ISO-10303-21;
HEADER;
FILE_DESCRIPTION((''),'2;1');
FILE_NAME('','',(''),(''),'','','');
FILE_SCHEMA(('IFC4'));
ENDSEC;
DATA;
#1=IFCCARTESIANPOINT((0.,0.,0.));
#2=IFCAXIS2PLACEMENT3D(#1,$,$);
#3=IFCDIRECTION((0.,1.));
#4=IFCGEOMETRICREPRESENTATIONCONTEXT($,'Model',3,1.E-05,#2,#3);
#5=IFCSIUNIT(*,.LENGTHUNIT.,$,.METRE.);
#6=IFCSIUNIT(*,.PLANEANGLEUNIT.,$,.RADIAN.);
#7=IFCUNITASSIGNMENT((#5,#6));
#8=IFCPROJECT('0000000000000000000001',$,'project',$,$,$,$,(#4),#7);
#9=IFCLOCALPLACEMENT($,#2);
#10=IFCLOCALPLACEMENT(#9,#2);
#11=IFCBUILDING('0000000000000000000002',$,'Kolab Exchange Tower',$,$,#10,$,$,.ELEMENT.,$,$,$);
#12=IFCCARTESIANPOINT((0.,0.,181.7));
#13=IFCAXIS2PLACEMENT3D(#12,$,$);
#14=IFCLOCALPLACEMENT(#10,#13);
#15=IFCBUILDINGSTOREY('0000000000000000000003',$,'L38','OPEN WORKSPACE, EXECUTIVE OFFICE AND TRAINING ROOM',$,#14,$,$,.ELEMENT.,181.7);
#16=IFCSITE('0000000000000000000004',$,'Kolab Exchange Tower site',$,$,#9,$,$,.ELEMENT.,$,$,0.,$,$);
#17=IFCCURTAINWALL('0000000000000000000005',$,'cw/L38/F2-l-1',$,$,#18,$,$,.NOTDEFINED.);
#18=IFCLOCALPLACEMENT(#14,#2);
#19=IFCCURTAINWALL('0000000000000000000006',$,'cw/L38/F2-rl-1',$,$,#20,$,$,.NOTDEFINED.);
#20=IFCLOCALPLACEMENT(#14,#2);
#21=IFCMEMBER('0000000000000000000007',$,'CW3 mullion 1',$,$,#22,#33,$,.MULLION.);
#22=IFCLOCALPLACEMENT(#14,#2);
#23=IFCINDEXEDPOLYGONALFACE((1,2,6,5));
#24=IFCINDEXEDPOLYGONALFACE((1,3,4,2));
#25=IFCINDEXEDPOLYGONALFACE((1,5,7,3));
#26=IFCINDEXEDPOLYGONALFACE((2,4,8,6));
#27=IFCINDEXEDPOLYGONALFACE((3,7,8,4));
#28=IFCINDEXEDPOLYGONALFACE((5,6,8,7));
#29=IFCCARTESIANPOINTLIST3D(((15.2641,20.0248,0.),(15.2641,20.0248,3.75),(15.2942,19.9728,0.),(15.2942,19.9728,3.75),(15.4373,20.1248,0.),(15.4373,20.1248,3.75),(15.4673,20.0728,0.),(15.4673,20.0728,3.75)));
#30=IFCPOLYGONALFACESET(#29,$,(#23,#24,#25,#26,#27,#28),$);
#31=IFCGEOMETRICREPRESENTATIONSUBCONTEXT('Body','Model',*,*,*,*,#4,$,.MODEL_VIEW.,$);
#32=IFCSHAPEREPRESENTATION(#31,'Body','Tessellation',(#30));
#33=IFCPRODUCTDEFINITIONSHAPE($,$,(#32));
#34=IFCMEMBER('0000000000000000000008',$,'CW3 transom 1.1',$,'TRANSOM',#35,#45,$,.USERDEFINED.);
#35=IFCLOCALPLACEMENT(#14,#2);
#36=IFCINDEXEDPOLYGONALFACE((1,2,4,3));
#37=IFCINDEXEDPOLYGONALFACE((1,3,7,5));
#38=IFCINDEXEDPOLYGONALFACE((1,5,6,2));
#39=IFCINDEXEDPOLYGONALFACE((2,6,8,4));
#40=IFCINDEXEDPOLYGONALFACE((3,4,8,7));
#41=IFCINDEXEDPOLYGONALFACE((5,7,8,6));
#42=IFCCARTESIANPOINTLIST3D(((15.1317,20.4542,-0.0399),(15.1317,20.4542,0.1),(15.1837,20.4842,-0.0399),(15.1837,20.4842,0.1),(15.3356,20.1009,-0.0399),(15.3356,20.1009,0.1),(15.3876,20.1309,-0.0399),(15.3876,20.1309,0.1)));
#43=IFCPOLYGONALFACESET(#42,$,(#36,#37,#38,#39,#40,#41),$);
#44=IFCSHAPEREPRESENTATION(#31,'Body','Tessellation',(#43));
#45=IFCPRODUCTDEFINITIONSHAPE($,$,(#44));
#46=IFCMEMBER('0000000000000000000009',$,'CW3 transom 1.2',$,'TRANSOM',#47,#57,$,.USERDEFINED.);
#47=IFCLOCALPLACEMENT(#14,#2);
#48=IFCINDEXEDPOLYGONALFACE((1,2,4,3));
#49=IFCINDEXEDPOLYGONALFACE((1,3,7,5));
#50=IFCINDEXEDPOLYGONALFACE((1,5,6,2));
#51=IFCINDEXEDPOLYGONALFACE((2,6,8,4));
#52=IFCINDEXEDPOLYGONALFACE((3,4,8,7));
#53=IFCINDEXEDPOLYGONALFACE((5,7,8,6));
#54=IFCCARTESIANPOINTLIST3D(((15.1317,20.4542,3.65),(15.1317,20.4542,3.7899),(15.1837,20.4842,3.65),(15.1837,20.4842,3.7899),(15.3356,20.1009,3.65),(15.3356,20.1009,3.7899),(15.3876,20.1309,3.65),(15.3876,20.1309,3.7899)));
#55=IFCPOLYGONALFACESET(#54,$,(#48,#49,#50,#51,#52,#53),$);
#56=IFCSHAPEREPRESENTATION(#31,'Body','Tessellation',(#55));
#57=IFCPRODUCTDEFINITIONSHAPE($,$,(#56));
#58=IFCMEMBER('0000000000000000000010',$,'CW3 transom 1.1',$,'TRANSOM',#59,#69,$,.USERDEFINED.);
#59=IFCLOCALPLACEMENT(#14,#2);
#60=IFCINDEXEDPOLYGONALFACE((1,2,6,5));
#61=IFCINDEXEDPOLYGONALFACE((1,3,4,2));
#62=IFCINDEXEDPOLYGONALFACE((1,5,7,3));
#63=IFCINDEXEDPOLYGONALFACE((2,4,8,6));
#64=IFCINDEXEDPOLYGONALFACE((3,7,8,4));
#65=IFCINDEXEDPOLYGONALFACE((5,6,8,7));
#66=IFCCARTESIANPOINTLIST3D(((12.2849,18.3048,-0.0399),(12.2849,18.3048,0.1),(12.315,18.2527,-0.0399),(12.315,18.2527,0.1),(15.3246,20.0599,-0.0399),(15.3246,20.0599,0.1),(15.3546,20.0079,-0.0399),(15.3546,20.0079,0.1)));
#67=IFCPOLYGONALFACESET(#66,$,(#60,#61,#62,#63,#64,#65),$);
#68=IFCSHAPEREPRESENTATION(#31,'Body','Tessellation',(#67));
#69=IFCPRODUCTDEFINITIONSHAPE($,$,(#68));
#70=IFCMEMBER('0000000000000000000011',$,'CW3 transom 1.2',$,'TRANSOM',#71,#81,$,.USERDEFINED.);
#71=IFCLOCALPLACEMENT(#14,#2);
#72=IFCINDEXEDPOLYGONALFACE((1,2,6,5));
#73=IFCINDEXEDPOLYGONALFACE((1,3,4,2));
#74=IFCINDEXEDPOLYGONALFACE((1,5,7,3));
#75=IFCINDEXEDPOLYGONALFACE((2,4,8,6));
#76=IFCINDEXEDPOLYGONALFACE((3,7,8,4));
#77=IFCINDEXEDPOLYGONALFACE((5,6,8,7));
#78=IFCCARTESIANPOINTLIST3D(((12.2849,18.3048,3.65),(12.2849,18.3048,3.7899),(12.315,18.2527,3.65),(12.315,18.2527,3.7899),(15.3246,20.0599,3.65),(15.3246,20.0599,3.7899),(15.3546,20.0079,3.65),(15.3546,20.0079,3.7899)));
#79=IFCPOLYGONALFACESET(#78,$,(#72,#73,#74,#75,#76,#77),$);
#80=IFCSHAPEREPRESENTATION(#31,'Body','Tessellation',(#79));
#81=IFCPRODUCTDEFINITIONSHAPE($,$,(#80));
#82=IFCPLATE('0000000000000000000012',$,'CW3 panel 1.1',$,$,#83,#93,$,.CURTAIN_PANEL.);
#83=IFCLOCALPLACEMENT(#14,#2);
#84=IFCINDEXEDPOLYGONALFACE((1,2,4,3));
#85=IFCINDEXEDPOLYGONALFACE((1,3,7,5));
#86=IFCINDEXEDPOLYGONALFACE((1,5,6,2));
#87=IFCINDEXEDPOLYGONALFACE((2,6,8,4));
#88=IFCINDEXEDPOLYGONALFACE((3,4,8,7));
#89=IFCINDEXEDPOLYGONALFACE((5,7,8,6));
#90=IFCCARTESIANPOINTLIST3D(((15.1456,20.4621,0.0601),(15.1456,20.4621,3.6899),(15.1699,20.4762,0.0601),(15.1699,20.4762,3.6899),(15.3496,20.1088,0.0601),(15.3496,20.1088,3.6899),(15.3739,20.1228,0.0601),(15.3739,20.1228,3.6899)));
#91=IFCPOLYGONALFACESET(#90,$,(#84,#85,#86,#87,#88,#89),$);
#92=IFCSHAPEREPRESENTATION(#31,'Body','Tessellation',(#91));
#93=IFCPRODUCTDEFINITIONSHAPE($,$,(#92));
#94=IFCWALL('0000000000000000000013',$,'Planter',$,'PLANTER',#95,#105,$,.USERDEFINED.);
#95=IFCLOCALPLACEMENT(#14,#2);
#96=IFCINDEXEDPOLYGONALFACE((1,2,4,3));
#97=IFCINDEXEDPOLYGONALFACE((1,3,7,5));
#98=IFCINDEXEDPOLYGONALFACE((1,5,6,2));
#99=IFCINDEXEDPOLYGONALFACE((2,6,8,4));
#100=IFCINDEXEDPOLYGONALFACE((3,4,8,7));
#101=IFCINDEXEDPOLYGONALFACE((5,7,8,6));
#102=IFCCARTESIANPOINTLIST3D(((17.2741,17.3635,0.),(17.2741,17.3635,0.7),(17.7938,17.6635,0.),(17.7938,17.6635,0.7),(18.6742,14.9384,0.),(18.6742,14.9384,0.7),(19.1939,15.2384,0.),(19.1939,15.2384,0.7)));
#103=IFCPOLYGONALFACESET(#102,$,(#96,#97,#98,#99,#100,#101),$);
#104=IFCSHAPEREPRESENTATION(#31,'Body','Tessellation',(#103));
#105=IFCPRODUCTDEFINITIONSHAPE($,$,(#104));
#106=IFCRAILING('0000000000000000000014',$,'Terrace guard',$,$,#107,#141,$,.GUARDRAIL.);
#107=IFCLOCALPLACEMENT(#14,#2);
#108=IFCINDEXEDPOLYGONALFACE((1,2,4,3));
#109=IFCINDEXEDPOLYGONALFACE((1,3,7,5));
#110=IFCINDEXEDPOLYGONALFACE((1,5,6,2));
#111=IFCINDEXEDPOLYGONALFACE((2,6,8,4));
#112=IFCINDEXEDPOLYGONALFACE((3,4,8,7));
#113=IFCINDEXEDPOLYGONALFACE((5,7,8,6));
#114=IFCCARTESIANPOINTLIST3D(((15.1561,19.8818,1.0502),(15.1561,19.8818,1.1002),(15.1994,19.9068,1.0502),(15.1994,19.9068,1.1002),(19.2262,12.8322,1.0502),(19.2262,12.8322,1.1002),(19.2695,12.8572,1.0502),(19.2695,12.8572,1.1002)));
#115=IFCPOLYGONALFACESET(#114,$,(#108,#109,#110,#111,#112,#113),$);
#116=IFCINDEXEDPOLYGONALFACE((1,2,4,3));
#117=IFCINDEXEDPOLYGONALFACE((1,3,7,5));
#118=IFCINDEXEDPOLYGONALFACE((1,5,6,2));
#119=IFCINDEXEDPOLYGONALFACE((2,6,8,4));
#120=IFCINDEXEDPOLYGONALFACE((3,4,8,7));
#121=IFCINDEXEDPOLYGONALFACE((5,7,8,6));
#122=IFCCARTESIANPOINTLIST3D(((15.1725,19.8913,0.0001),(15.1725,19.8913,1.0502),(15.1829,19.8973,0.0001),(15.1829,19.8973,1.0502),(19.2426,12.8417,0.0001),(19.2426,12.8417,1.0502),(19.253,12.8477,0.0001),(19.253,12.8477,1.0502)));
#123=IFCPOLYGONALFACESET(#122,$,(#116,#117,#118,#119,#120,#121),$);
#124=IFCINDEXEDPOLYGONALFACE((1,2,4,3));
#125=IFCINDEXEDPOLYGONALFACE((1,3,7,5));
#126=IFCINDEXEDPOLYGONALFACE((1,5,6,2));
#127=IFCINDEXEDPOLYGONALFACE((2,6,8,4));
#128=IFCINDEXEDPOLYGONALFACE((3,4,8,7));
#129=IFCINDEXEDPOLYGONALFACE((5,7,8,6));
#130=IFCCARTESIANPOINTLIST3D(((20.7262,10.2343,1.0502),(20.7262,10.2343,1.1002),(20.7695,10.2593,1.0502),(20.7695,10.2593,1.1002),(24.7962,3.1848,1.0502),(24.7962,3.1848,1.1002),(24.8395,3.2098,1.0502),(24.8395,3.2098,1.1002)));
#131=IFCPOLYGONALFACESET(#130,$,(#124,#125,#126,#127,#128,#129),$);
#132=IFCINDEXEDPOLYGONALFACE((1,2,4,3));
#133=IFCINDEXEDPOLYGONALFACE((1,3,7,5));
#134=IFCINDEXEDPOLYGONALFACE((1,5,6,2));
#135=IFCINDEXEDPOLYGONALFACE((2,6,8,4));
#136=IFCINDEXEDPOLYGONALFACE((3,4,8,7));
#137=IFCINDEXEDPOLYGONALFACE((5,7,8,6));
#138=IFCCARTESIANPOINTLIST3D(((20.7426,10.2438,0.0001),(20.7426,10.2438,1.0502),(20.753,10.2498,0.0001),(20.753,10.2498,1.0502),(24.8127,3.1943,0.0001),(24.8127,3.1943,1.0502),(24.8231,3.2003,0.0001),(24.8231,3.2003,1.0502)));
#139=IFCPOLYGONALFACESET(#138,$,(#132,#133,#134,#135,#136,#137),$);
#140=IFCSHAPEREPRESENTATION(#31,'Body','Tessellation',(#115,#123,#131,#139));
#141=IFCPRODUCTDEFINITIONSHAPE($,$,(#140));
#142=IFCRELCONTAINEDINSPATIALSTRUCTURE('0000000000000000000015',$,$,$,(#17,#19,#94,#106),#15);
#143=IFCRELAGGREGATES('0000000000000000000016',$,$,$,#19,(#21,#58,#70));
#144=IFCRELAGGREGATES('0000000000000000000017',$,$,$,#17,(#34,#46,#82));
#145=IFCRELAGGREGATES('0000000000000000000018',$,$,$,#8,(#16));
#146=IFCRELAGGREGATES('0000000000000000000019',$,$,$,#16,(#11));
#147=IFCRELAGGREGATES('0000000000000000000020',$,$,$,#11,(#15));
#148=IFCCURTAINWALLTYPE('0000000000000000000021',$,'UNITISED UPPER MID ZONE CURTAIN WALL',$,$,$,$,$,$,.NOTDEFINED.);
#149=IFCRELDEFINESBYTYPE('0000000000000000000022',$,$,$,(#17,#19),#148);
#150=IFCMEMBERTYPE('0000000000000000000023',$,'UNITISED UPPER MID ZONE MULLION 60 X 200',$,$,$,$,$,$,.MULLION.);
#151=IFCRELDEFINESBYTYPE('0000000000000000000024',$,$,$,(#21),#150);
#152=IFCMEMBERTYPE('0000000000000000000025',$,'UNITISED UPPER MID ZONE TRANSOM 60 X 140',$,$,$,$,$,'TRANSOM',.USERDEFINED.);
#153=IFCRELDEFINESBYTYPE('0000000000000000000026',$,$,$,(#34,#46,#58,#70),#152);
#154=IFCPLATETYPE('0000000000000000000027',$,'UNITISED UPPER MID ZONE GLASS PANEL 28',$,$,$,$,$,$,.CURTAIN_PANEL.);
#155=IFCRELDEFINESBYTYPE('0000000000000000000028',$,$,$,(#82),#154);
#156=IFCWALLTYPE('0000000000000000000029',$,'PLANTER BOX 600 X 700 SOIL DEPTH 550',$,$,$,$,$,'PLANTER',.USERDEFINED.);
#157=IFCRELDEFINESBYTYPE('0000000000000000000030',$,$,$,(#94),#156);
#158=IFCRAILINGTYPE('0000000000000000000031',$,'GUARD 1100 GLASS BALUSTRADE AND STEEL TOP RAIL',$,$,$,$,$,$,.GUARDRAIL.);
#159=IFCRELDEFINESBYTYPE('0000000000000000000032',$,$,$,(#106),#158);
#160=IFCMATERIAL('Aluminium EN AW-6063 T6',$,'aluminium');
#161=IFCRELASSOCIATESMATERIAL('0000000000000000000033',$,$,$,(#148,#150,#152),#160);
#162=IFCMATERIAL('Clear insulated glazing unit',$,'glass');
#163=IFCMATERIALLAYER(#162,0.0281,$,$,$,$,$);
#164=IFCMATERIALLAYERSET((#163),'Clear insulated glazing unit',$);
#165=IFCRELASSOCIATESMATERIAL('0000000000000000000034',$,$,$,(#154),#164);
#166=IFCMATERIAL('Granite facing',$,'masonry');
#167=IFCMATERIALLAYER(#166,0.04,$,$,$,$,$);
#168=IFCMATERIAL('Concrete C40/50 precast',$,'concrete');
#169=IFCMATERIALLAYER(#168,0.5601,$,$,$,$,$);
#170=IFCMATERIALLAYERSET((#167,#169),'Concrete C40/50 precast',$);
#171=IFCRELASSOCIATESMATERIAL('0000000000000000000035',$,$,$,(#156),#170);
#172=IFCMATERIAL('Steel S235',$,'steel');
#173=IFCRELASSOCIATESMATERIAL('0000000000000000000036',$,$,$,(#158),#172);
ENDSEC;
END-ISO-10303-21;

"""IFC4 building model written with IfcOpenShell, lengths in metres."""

from ifc_helpers import new_model, si_unit, direction, frame, frame_2d, origin, origin_2d, place, context, subcontext, project, spatial, rectangle, extrude, material, layer, layer_set, material_profile, profile_set, type_object, element, aggregate, save


model = new_model("IFC4")

# Units and contexts
model_context = context("Model", 3, precision=1e-05, world=origin(), true_north=direction((0.0, 1.0)))
body_context = subcontext(model_context, "Body", "Model", "MODEL_VIEW")
ifc_project = project(units=[si_unit("LENGTHUNIT", "METRE"), si_unit("PLANEANGLEUNIT", "RADIAN")], contexts=[model_context])

# Site, building, storey
site_placement = place(None, origin())
site = spatial("IfcSite", under=ifc_project, at=site_placement, Name="Kolab Exchange Tower site", CompositionType="ELEMENT", RefElevation=0.0)
building_placement = place(site_placement, origin())
building = spatial("IfcBuilding", under=site, at=building_placement, Name="Kolab Exchange Tower", CompositionType="ELEMENT")
storey_placement = place(building_placement, frame((0.0, 0.0, 181.7)))
storey = spatial("IfcBuildingStorey", under=building, at=storey_placement, Name="L38", Description="OPEN WORKSPACE, EXECUTIVE OFFICE AND TRAINING ROOM", CompositionType="ELEMENT", Elevation=181.7)

# Curtain wall
ifc_material_1 = material(Name="Aluminium EN AW-6063 T6", Category="aluminium")
curtain_wall_type = type_object("IfcCurtainWallType", Name="UNITISED UPPER MID ZONE CURTAIN WALL", PredefinedType="NOTDEFINED", material=ifc_material_1)
curtain_wall_1_placement = place(storey_placement, origin())
curtain_wall_1 = element("IfcCurtainWall", 1, at=curtain_wall_1_placement, inside=storey, type_object=curtain_wall_type, Name="cw/L38/F2-l-1", PredefinedType="NOTDEFINED")
ifc_material_profile_1 = material_profile(ifc_material_1, rectangle(XDim=0.0601, YDim=0.2, at=origin_2d()), Name="RECT 60X200")
ifc_profile_set_1 = profile_set([ifc_material_profile_1], Name="Aluminium EN AW-6063 T6")
member_type_1 = type_object("IfcMemberType", Name="UNITISED UPPER MID ZONE MULLION 60 X 200", PredefinedType="MULLION", material=ifc_profile_set_1)

# Curtain wall, member
curtain_wall_2_placement = place(storey_placement, origin())
curtain_wall_2 = element("IfcCurtainWall", 2, at=curtain_wall_2_placement, inside=storey, type_object=curtain_wall_type, Name="cw/L38/F2-rl-1", PredefinedType="NOTDEFINED")
member_1_placement = place(storey_placement, frame((15.3657, 20.0488, 0.0), z_axis=(0.0, 0.0, 1.0), x_axis=(0.5, -0.866025, 0.0)))
member_1 = element("IfcMember", 3, at=member_1_placement, type_object=member_type_1, Name="CW3 mullion 1", PredefinedType="MULLION", context=body_context, shape_type="SweptSolid", body=[
    extrude(rectangle(XDim=0.0601, YDim=0.2, at=origin_2d()), origin(), (0.0, 0.0, 1.0), 3.75),
])

# Members
ifc_material_profile_2 = material_profile(ifc_material_1, rectangle(XDim=0.0601, YDim=0.1399, at=origin_2d()), Name="RECT 60X140")
ifc_profile_set_2 = profile_set([ifc_material_profile_2], Name="Aluminium EN AW-6063 T6")
member_type_2 = type_object("IfcMemberType", Name="UNITISED UPPER MID ZONE TRANSOM 60 X 140", ElementType="TRANSOM", PredefinedType="USERDEFINED", material=ifc_profile_set_2)
member_2_placement = place(storey_placement, frame((15.1577, 20.4692, 0.03), z_axis=(0.499809, -0.866136, 0.0), x_axis=(0.866136, 0.499809, 0.0)))
member_2 = element("IfcMember", 4, at=member_2_placement, type_object=member_type_2, Name="CW3 transom 1.1", ObjectType="TRANSOM", PredefinedType="USERDEFINED", context=body_context, shape_type="SweptSolid", body=[
    extrude(rectangle(XDim=0.0601, YDim=0.1399, at=origin_2d()), origin(), (0.0, 0.0, 1.0), 0.408),
])
member_3_placement = place(storey_placement, frame((15.1577, 20.4692, 3.72), z_axis=(0.499809, -0.866136, 0.0), x_axis=(0.866136, 0.499809, 0.0)))
member_3 = element("IfcMember", 5, at=member_3_placement, type_object=member_type_2, Name="CW3 transom 1.2", ObjectType="TRANSOM", PredefinedType="USERDEFINED", context=body_context, shape_type="SweptSolid", body=[
    extrude(rectangle(XDim=0.0601, YDim=0.1399, at=origin_2d()), origin(), (0.0, 0.0, 1.0), 0.408),
])
member_4_placement = place(storey_placement, frame((15.3396, 20.0339, 0.03), z_axis=(-0.865996, -0.500052, 0.0), x_axis=(0.500052, -0.865996, 0.0)))
member_4 = element("IfcMember", 6, at=member_4_placement, type_object=member_type_2, Name="CW3 transom 1.1", ObjectType="TRANSOM", PredefinedType="USERDEFINED", context=body_context, shape_type="SweptSolid", body=[
    extrude(rectangle(XDim=0.0601, YDim=0.1399, at=origin_2d()), origin(), (0.0, 0.0, 1.0), 3.51),
])
member_5_placement = place(storey_placement, frame((15.3396, 20.0339, 3.72), z_axis=(-0.865996, -0.500052, 0.0), x_axis=(0.500052, -0.865996, 0.0)))
member_5 = element("IfcMember", 7, at=member_5_placement, type_object=member_type_2, Name="CW3 transom 1.2", ObjectType="TRANSOM", PredefinedType="USERDEFINED", context=body_context, shape_type="SweptSolid", body=[
    extrude(rectangle(XDim=0.0601, YDim=0.1399, at=origin_2d()), origin(), (0.0, 0.0, 1.0), 3.51),
])
aggregate(curtain_wall_2, [member_1, member_4, member_5])

# Plate
ifc_material_2 = material(Name="Clear insulated glazing unit", Category="glass")
ifc_layer_1 = layer(ifc_material_2, 0.0281)
ifc_layer_set_1 = layer_set([ifc_layer_1], Name="Clear insulated glazing unit")
plate_type = type_object("IfcPlateType", Name="UNITISED UPPER MID ZONE GLASS PANEL 28", PredefinedType="CURTAIN_PANEL", material=ifc_layer_set_1)
plate_placement = place(storey_placement, frame((15.2598, 20.2925, 0.0601), z_axis=(0.0, 0.0, 1.0), x_axis=(0.5, -0.866025, 0.0)))
plate = element("IfcPlate", 8, at=plate_placement, type_object=plate_type, Name="CW3 panel 1.1", PredefinedType="CURTAIN_PANEL", context=body_context, shape_type="SweptSolid", body=[
    extrude(rectangle(XDim=0.408, YDim=0.0281, at=origin_2d()), origin(), (0.0, 0.0, 1.0), 3.6299),
])
aggregate(curtain_wall_1, [member_2, member_3, plate])

# Wall
ifc_material_3 = material(Name="Granite facing", Category="masonry")
ifc_layer_2 = layer(ifc_material_3, 0.04)
ifc_material_4 = material(Name="Concrete C40/50 precast", Category="concrete")
ifc_layer_3 = layer(ifc_material_4, 0.5601)
ifc_layer_set_2 = layer_set([ifc_layer_2, ifc_layer_3], Name="Concrete C40/50 precast")
wall_type = type_object("IfcWallType", Name="PLANTER BOX 600 X 700 SOIL DEPTH 550", ElementType="PLANTER", PredefinedType="USERDEFINED", material=ifc_layer_set_2)
wall_placement = place(storey_placement, frame((18.9341, 15.0884, 0.0), z_axis=(0.0, 0.0, 1.0), x_axis=(-0.500012, 0.866019, 0.0)))
element("IfcWall", 9, at=wall_placement, inside=storey, type_object=wall_type, Name="Planter", ObjectType="PLANTER", PredefinedType="USERDEFINED", context=body_context, shape_type="SweptSolid", body=[
    extrude(rectangle(XDim=2.8003, YDim=0.6001, at=frame_2d((1.4001, 0.0))), origin(), (0.0, 0.0, 1.0), 0.7),
])

# Railing
ifc_material_5 = material(Name="Steel S235", Category="steel")
railing_type = type_object("IfcRailingType", Name="GUARD 1100 GLASS BALUSTRADE AND STEEL TOP RAIL", PredefinedType="GUARDRAIL", material=ifc_material_5)
railing_1_placement = place(storey_placement, frame((15.1777, 19.8943, 0.0)))
element("IfcRailing", 10, at=railing_1_placement, inside=storey, type_object=railing_type, Name="Terrace guard", PredefinedType="GUARDRAIL", context=body_context, shape_type="SweptSolid", body=[
    extrude(rectangle(XDim=0.05, YDim=0.05, at=origin_2d()), frame((0.0, 0.0, 1.0752), z_axis=(0.5, -0.866025, 0.0), x_axis=(0.866025, 0.5, 0.0)), (0.0, 0.0, 1.0), 8.1401),
    extrude(rectangle(XDim=0.012, YDim=1.0501, at=frame_2d((0.0, 0.5251))), frame((0.0, 0.0, 0.0), z_axis=(0.5, -0.866025, 0.0), x_axis=(0.866025, 0.5, 0.0)), (0.0, 0.0, 1.0), 8.1401),
    extrude(rectangle(XDim=0.05, YDim=0.05, at=origin_2d()), frame((9.6401, -16.697, 1.0752), z_axis=(-0.5, 0.866025, 0.0), x_axis=(-0.866025, -0.5, 0.0)), (0.0, 0.0, 1.0), 8.1401),
    extrude(rectangle(XDim=0.012, YDim=1.0501, at=frame_2d((0.0, 0.5251))), frame((9.6401, -16.697, 0.0), z_axis=(-0.5, 0.866025, 0.0), x_axis=(-0.866025, -0.5, 0.0)), (0.0, 0.0, 1.0), 8.1401),
])

save(model, "model.ifc")
